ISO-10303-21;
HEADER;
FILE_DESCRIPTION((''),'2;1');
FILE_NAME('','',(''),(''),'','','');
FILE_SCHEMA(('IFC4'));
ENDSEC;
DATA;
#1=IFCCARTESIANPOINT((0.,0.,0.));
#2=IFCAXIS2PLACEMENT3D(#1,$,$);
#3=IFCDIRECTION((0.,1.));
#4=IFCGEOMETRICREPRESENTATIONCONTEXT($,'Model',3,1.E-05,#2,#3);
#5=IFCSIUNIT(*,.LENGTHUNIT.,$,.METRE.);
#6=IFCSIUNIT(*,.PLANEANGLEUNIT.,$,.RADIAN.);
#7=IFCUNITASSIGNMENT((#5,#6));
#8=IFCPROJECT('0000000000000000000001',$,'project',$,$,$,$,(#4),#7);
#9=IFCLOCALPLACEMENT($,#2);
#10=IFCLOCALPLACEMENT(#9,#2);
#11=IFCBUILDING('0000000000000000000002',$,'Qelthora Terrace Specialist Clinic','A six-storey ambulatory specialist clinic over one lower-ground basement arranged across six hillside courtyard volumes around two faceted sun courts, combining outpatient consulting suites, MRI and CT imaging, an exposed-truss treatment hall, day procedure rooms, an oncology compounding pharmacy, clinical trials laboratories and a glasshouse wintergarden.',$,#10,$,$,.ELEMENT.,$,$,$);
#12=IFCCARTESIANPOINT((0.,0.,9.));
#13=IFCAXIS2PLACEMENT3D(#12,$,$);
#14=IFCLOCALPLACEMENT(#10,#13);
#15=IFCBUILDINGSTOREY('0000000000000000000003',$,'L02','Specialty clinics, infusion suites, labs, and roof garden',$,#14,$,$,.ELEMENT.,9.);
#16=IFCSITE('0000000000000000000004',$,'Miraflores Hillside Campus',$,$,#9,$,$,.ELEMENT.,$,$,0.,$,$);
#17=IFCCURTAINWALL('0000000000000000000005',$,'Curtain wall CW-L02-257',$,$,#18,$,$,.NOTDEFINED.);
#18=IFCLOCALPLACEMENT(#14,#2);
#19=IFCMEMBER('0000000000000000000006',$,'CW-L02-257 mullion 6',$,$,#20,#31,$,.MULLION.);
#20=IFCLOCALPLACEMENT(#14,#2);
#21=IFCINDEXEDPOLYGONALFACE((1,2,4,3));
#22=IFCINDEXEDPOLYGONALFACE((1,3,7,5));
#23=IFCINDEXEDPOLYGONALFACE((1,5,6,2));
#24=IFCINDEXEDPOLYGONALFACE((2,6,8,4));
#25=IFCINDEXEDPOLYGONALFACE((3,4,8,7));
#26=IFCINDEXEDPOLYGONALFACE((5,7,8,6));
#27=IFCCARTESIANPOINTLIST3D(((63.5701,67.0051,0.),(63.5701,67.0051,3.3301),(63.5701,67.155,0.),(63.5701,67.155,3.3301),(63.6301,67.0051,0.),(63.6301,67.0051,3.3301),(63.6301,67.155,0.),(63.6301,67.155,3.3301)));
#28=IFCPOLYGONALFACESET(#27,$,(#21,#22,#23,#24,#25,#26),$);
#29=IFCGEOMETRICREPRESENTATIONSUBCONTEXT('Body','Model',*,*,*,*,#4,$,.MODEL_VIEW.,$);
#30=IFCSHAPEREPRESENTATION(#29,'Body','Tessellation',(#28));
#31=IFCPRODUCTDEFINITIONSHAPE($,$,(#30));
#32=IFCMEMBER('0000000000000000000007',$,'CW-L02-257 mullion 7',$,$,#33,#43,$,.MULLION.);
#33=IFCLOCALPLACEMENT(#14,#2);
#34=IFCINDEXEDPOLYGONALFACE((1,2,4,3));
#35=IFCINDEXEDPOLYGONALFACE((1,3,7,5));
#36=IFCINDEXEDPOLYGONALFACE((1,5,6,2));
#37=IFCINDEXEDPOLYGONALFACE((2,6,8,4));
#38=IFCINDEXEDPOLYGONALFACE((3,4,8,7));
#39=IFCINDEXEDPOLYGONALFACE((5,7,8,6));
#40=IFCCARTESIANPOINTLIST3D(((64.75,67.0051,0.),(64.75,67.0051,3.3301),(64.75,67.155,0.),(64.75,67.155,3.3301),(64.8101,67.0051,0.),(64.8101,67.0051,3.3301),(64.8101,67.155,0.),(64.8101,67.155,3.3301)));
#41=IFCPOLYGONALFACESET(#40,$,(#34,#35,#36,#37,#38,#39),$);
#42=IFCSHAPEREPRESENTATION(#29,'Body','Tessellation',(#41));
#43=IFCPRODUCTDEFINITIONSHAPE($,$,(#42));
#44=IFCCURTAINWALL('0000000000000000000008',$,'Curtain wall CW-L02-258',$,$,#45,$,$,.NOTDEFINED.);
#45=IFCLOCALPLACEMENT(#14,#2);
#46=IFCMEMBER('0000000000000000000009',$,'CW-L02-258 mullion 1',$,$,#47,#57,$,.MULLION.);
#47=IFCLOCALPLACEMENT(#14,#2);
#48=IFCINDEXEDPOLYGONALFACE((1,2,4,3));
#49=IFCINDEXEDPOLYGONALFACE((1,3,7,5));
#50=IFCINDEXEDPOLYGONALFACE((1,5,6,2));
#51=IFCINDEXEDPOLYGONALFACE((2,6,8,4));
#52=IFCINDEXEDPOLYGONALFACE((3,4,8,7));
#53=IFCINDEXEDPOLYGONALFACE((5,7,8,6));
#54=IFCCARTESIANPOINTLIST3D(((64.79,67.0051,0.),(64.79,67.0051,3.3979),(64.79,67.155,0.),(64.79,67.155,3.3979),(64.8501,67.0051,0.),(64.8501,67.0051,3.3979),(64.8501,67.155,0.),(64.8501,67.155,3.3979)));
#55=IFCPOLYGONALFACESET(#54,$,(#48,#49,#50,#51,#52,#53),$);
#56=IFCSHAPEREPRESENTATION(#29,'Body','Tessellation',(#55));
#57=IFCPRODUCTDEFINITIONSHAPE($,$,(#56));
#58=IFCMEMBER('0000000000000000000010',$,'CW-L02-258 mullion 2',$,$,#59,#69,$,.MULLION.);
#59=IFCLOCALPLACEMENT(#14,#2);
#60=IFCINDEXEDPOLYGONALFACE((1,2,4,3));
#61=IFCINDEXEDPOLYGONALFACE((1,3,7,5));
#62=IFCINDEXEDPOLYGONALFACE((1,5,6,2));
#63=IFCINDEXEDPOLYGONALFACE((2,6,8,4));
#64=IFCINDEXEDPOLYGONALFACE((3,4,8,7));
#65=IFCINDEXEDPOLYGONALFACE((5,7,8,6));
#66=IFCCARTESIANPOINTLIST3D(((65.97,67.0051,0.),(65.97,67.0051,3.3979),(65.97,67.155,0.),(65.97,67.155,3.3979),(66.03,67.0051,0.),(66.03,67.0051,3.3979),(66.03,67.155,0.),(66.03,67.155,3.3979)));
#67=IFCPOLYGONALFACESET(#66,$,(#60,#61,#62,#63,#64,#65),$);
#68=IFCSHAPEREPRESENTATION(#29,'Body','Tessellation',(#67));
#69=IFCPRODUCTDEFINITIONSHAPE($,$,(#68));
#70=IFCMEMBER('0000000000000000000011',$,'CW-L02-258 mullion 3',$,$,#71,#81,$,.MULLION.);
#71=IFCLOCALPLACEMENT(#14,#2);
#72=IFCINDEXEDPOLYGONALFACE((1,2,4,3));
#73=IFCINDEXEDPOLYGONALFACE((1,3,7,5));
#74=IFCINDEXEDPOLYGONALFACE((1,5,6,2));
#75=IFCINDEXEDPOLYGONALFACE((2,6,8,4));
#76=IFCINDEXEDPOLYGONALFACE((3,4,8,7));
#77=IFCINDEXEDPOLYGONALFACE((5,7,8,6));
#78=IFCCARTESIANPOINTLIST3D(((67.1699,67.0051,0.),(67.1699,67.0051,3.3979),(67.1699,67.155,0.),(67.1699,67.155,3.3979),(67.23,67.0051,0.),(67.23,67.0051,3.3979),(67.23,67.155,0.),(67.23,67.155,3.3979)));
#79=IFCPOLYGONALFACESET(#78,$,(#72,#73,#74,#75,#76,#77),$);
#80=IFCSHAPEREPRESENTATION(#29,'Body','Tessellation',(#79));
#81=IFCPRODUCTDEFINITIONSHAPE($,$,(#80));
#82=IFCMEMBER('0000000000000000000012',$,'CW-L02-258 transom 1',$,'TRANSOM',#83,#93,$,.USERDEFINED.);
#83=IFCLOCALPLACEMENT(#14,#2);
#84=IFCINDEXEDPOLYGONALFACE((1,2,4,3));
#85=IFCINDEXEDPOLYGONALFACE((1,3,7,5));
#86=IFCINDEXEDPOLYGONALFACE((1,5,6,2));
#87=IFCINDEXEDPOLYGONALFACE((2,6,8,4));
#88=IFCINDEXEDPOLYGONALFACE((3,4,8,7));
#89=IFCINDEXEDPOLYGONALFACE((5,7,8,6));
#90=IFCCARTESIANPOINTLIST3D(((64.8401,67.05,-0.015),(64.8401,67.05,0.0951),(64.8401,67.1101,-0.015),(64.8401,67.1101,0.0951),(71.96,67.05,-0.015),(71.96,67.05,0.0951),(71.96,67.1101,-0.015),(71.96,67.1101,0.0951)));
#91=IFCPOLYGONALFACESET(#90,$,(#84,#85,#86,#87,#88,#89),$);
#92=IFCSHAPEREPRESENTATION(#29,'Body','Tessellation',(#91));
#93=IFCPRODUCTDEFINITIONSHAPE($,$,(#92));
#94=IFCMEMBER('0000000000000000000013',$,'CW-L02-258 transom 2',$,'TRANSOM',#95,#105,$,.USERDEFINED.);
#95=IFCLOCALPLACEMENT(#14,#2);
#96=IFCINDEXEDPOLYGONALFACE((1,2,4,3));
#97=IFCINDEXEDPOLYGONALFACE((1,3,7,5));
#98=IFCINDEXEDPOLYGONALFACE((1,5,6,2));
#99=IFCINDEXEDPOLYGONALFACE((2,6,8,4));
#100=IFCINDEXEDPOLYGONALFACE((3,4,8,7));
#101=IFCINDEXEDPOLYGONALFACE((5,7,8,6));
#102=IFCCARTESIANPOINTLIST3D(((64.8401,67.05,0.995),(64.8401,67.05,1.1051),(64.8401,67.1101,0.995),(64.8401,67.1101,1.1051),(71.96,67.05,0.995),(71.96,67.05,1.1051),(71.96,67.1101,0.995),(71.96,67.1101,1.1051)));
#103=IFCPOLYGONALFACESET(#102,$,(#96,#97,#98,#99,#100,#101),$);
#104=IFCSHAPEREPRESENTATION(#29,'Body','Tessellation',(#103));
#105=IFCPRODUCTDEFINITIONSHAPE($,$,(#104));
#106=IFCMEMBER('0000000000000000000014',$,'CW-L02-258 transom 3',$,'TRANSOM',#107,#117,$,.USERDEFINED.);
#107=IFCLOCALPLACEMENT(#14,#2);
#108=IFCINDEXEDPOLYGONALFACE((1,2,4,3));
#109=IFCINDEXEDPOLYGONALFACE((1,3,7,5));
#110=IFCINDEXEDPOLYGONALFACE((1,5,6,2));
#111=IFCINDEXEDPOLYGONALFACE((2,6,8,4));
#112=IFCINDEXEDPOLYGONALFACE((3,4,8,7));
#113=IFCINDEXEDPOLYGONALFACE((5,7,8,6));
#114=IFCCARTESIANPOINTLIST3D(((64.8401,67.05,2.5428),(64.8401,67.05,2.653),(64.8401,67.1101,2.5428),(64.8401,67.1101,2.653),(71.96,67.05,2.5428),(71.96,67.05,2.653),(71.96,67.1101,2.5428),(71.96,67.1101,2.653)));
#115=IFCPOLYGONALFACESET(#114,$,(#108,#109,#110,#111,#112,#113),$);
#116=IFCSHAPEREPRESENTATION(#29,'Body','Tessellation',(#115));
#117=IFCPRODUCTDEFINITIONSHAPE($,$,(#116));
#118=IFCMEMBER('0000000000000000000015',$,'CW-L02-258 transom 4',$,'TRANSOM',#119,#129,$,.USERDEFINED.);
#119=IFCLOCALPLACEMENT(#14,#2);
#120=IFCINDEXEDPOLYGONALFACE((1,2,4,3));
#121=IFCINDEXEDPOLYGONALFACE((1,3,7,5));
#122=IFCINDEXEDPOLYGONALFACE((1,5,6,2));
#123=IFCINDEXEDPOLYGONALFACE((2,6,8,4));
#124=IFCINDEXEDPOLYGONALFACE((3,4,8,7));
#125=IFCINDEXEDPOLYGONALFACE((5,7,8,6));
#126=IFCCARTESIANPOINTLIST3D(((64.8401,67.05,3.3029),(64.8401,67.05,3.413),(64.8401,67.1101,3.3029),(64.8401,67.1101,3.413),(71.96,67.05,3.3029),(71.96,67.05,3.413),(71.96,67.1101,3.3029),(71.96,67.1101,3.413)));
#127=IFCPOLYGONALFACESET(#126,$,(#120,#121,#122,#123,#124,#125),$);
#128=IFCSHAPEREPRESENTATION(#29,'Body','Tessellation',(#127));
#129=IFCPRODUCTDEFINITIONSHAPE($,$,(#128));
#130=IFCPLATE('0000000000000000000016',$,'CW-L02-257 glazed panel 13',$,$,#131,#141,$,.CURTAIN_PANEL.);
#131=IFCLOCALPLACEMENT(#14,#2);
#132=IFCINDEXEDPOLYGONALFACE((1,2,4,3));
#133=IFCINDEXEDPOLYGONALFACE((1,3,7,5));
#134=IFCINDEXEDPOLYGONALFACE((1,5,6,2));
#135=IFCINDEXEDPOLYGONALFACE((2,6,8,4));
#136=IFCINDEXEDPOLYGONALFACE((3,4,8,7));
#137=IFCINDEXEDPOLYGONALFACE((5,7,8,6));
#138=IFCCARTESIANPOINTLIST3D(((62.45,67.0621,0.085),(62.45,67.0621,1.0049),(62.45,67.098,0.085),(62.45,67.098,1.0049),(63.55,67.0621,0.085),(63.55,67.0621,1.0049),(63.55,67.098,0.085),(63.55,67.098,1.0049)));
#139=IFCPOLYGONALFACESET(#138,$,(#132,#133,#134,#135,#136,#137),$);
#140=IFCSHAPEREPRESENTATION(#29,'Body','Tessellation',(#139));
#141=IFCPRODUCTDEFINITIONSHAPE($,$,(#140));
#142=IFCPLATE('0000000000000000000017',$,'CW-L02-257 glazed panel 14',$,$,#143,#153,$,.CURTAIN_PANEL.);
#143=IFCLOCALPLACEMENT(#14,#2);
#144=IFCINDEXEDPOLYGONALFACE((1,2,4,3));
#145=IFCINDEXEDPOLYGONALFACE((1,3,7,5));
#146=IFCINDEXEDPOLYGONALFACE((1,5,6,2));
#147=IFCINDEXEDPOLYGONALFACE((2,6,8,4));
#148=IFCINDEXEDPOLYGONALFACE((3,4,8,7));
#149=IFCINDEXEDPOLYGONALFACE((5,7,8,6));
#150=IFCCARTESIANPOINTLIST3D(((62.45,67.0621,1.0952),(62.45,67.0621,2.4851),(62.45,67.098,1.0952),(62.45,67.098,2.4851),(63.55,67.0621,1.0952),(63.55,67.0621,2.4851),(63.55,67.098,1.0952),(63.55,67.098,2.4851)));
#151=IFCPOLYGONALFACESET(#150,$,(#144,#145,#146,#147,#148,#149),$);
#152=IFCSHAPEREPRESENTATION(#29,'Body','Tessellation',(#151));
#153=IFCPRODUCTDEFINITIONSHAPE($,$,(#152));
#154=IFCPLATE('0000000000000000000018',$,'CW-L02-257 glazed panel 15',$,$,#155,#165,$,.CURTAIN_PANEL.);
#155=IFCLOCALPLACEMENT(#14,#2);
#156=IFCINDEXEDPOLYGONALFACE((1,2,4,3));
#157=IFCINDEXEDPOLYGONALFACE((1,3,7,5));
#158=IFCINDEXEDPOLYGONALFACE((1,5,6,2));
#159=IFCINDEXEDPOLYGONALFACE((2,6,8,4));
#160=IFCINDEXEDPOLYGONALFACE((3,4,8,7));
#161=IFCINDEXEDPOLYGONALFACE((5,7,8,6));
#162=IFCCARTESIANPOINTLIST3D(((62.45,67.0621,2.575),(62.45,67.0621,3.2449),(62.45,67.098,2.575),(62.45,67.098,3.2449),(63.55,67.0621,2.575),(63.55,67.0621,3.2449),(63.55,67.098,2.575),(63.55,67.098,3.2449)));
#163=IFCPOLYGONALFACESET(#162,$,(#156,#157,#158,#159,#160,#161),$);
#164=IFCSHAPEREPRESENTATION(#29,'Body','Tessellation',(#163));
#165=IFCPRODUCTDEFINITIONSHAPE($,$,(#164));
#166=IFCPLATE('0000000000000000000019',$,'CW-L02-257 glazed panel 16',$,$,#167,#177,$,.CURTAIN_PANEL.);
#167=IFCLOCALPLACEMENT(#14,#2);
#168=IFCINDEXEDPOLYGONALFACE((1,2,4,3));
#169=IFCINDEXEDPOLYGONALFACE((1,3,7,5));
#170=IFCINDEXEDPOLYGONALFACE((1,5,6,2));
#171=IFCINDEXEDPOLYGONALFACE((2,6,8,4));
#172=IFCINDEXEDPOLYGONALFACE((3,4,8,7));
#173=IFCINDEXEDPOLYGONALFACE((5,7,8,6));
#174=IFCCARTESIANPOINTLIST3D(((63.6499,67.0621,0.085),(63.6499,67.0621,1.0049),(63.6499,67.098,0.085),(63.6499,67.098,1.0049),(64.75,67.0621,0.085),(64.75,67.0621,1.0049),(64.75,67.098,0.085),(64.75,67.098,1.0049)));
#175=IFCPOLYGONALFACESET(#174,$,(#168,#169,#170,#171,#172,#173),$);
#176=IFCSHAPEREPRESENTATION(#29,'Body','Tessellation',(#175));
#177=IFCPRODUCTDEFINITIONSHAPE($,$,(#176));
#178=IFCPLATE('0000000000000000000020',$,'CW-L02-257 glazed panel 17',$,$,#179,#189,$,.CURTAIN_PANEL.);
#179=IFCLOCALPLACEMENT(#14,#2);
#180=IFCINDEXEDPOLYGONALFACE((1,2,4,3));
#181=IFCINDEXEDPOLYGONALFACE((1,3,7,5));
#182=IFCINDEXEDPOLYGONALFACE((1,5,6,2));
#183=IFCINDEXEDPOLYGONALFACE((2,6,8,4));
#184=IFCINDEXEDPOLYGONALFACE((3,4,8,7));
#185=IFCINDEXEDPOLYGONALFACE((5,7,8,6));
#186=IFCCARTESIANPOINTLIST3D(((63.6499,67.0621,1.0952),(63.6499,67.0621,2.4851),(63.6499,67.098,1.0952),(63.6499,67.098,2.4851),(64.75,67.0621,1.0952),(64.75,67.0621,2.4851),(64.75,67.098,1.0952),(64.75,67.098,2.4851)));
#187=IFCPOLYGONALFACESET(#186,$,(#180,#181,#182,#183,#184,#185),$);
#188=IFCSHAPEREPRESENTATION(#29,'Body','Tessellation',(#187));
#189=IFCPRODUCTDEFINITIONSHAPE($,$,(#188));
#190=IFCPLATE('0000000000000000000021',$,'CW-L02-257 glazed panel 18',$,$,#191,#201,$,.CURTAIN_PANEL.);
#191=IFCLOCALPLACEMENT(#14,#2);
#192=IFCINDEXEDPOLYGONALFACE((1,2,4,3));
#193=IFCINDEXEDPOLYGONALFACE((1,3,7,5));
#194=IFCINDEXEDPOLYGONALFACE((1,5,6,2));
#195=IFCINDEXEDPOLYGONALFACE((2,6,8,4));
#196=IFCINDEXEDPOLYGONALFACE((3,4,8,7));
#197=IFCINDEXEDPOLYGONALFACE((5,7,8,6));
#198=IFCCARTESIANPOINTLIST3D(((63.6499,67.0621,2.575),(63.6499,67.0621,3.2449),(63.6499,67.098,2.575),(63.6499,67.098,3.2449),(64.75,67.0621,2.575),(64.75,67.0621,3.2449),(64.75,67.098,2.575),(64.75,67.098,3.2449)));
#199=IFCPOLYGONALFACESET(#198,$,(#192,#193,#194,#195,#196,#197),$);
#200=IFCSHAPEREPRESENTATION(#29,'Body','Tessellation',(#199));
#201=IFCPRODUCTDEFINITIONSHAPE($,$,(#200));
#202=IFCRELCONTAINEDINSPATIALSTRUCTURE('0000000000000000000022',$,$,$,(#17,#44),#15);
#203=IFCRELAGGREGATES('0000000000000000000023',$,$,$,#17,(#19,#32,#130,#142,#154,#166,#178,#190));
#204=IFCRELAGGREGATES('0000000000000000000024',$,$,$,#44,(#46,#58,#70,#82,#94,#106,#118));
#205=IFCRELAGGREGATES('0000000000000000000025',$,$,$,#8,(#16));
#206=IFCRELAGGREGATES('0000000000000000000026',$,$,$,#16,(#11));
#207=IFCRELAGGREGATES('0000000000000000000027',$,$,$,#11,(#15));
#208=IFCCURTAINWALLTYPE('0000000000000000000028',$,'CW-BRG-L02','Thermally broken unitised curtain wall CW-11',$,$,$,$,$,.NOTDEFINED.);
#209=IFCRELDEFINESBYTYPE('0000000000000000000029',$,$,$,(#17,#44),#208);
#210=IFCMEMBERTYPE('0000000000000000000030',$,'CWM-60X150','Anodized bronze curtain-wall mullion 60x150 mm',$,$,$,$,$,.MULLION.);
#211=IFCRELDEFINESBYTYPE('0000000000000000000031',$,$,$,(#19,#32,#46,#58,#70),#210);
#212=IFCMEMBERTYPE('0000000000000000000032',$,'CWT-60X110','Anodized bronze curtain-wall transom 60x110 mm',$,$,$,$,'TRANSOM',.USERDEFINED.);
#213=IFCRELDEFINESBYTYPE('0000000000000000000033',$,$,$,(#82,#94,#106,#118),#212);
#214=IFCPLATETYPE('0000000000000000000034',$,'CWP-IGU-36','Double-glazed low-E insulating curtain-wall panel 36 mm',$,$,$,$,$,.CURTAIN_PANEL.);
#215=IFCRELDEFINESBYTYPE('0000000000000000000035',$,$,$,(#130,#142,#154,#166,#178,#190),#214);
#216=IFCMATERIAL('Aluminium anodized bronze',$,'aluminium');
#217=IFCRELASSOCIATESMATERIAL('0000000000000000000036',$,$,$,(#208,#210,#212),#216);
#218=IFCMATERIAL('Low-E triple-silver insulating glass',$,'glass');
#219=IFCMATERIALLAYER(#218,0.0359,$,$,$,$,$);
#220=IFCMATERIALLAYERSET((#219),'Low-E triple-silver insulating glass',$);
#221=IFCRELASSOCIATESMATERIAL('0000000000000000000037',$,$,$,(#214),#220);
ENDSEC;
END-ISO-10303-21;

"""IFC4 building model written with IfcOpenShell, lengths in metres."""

from ifc_helpers import new_model, si_unit, direction, frame, origin, origin_2d, place, context, subcontext, project, spatial, rectangle, extrude, material, layer, layer_set, material_profile, profile_set, type_object, element, aggregate, save


model = new_model("IFC4")

# Units and contexts
model_context = context("Model", 3, precision=1e-05, world=origin(), true_north=direction((0.0, 1.0)))
body_context = subcontext(model_context, "Body", "Model", "MODEL_VIEW")
ifc_project = project(units=[si_unit("LENGTHUNIT", "METRE"), si_unit("PLANEANGLEUNIT", "RADIAN")], contexts=[model_context])

# Site, building, storey
site_placement = place(None, origin())
site = spatial("IfcSite", under=ifc_project, at=site_placement, Name="Miraflores Hillside Campus", CompositionType="ELEMENT", RefElevation=0.0)
building_placement = place(site_placement, origin())
building = spatial("IfcBuilding", under=site, at=building_placement, Name="Qelthora Terrace Specialist Clinic", Description="A six-storey ambulatory specialist clinic over one lower-ground basement arranged across six hillside courtyard volumes around two faceted sun courts, combining outpatient consulting suites, MRI and CT imaging, an exposed-truss treatment hall, day procedure rooms, an oncology compounding pharmacy, clinical trials laboratories and a glasshouse wintergarden.", CompositionType="ELEMENT")
storey_placement = place(building_placement, frame((0.0, 0.0, 9.0)))
storey = spatial("IfcBuildingStorey", under=building, at=storey_placement, Name="L02", Description="Specialty clinics, infusion suites, labs, and roof garden", CompositionType="ELEMENT", Elevation=9.0)

# Curtain walls, members
ifc_material_1 = material(Name="Aluminium anodized bronze", Category="aluminium")
curtain_wall_type = type_object("IfcCurtainWallType", Name="CW-BRG-L02", Description="Thermally broken unitised curtain wall CW-11", PredefinedType="NOTDEFINED", material=ifc_material_1)
curtain_wall_1_placement = place(storey_placement, origin())
curtain_wall_1 = element("IfcCurtainWall", 1, at=curtain_wall_1_placement, inside=storey, type_object=curtain_wall_type, Name="Curtain wall CW-L02-257", PredefinedType="NOTDEFINED")
ifc_material_profile_1 = material_profile(ifc_material_1, rectangle(XDim=0.0601, YDim=0.1499, at=origin_2d()), Name="CWM60X150")
ifc_profile_set_1 = profile_set([ifc_material_profile_1], Name="Aluminium anodized bronze")
member_type_1 = type_object("IfcMemberType", Name="CWM-60X150", Description="Anodized bronze curtain-wall mullion 60x150 mm", PredefinedType="MULLION", material=ifc_profile_set_1)
member_1_placement = place(storey_placement, frame((63.6001, 67.0801, 0.0), z_axis=(0.0, 0.0, 1.0), x_axis=(1.0, 0.0, 0.0)))
member_1 = element("IfcMember", 2, at=member_1_placement, type_object=member_type_1, Name="CW-L02-257 mullion 6", PredefinedType="MULLION", context=body_context, shape_type="SweptSolid", body=[
    extrude(rectangle(XDim=0.0601, YDim=0.1499, at=origin_2d()), origin(), (0.0, 0.0, 1.0), 3.3301),
])
member_2_placement = place(storey_placement, frame((64.78, 67.0801, 0.0), z_axis=(0.0, 0.0, 1.0), x_axis=(1.0, 0.0, 0.0)))
member_2 = element("IfcMember", 3, at=member_2_placement, type_object=member_type_1, Name="CW-L02-257 mullion 7", PredefinedType="MULLION", context=body_context, shape_type="SweptSolid", body=[
    extrude(rectangle(XDim=0.0601, YDim=0.1499, at=origin_2d()), origin(), (0.0, 0.0, 1.0), 3.3301),
])
curtain_wall_2_placement = place(storey_placement, origin())
curtain_wall_2 = element("IfcCurtainWall", 4, at=curtain_wall_2_placement, inside=storey, type_object=curtain_wall_type, Name="Curtain wall CW-L02-258", PredefinedType="NOTDEFINED")
member_3_placement = place(storey_placement, frame((64.8201, 67.0801, 0.0), z_axis=(0.0, 0.0, 1.0), x_axis=(1.0, 0.0, 0.0)))
member_3 = element("IfcMember", 5, at=member_3_placement, type_object=member_type_1, Name="CW-L02-258 mullion 1", PredefinedType="MULLION", context=body_context, shape_type="SweptSolid", body=[
    extrude(rectangle(XDim=0.0601, YDim=0.1499, at=origin_2d()), origin(), (0.0, 0.0, 1.0), 3.3979),
])
member_4_placement = place(storey_placement, frame((66.0, 67.0801, 0.0), z_axis=(0.0, 0.0, 1.0), x_axis=(1.0, 0.0, 0.0)))
member_4 = element("IfcMember", 6, at=member_4_placement, type_object=member_type_1, Name="CW-L02-258 mullion 2", PredefinedType="MULLION", context=body_context, shape_type="SweptSolid", body=[
    extrude(rectangle(XDim=0.0601, YDim=0.1499, at=origin_2d()), origin(), (0.0, 0.0, 1.0), 3.3979),
])
member_5_placement = place(storey_placement, frame((67.2, 67.0801, 0.0), z_axis=(0.0, 0.0, 1.0), x_axis=(1.0, 0.0, 0.0)))
member_5 = element("IfcMember", 7, at=member_5_placement, type_object=member_type_1, Name="CW-L02-258 mullion 3", PredefinedType="MULLION", context=body_context, shape_type="SweptSolid", body=[
    extrude(rectangle(XDim=0.0601, YDim=0.1499, at=origin_2d()), origin(), (0.0, 0.0, 1.0), 3.3979),
])
ifc_material_profile_2 = material_profile(ifc_material_1, rectangle(XDim=0.0601, YDim=0.1101, at=origin_2d()), Name="CWT60X110")
ifc_profile_set_2 = profile_set([ifc_material_profile_2], Name="Aluminium anodized bronze")
member_type_2 = type_object("IfcMemberType", Name="CWT-60X110", Description="Anodized bronze curtain-wall transom 60x110 mm", ElementType="TRANSOM", PredefinedType="USERDEFINED", material=ifc_profile_set_2)
member_6_placement = place(storey_placement, frame((64.8401, 67.0801, 0.04), z_axis=(1.0, 0.0, 0.0), x_axis=(0.0, 1.0, 0.0)))
member_6 = element("IfcMember", 8, at=member_6_placement, type_object=member_type_2, Name="CW-L02-258 transom 1", ObjectType="TRANSOM", PredefinedType="USERDEFINED", context=body_context, shape_type="SweptSolid", body=[
    extrude(rectangle(XDim=0.0601, YDim=0.1101, at=origin_2d()), origin(), (0.0, 0.0, 1.0), 7.1199),
])
member_7_placement = place(storey_placement, frame((64.8401, 67.0801, 1.05), z_axis=(1.0, 0.0, 0.0), x_axis=(0.0, 1.0, 0.0)))
member_7 = element("IfcMember", 9, at=member_7_placement, type_object=member_type_2, Name="CW-L02-258 transom 2", ObjectType="TRANSOM", PredefinedType="USERDEFINED", context=body_context, shape_type="SweptSolid", body=[
    extrude(rectangle(XDim=0.0601, YDim=0.1101, at=origin_2d()), origin(), (0.0, 0.0, 1.0), 7.1199),
])
member_8_placement = place(storey_placement, frame((64.8401, 67.0801, 2.5979), z_axis=(1.0, 0.0, 0.0), x_axis=(0.0, 1.0, 0.0)))
member_8 = element("IfcMember", 10, at=member_8_placement, type_object=member_type_2, Name="CW-L02-258 transom 3", ObjectType="TRANSOM", PredefinedType="USERDEFINED", context=body_context, shape_type="SweptSolid", body=[
    extrude(rectangle(XDim=0.0601, YDim=0.1101, at=origin_2d()), origin(), (0.0, 0.0, 1.0), 7.1199),
])
member_9_placement = place(storey_placement, frame((64.8401, 67.0801, 3.3579), z_axis=(1.0, 0.0, 0.0), x_axis=(0.0, 1.0, 0.0)))
member_9 = element("IfcMember", 11, at=member_9_placement, type_object=member_type_2, Name="CW-L02-258 transom 4", ObjectType="TRANSOM", PredefinedType="USERDEFINED", context=body_context, shape_type="SweptSolid", body=[
    extrude(rectangle(XDim=0.0601, YDim=0.1101, at=origin_2d()), origin(), (0.0, 0.0, 1.0), 7.1199),
])

# Plates
ifc_material_2 = material(Name="Low-E triple-silver insulating glass", Category="glass")
ifc_layer = layer(ifc_material_2, 0.0359)
ifc_layer_set = layer_set([ifc_layer], Name="Low-E triple-silver insulating glass")
plate_type = type_object("IfcPlateType", Name="CWP-IGU-36", Description="Double-glazed low-E insulating curtain-wall panel 36 mm", PredefinedType="CURTAIN_PANEL", material=ifc_layer_set)
plate_1_placement = place(storey_placement, frame((63.0, 67.0801, 0.085), z_axis=(0.0, 0.0, 1.0), x_axis=(1.0, 0.0, 0.0)))
plate_1 = element("IfcPlate", 12, at=plate_1_placement, type_object=plate_type, Name="CW-L02-257 glazed panel 13", PredefinedType="CURTAIN_PANEL", context=body_context, shape_type="SweptSolid", body=[
    extrude(rectangle(XDim=1.1001, YDim=0.0359, at=origin_2d()), origin(), (0.0, 0.0, 1.0), 0.9199),
])
plate_2_placement = place(storey_placement, frame((63.0, 67.0801, 1.0952), z_axis=(0.0, 0.0, 1.0), x_axis=(1.0, 0.0, 0.0)))
plate_2 = element("IfcPlate", 13, at=plate_2_placement, type_object=plate_type, Name="CW-L02-257 glazed panel 14", PredefinedType="CURTAIN_PANEL", context=body_context, shape_type="SweptSolid", body=[
    extrude(rectangle(XDim=1.1001, YDim=0.0359, at=origin_2d()), origin(), (0.0, 0.0, 1.0), 1.3899),
])
plate_3_placement = place(storey_placement, frame((63.0, 67.0801, 2.575), z_axis=(0.0, 0.0, 1.0), x_axis=(1.0, 0.0, 0.0)))
plate_3 = element("IfcPlate", 14, at=plate_3_placement, type_object=plate_type, Name="CW-L02-257 glazed panel 15", PredefinedType="CURTAIN_PANEL", context=body_context, shape_type="SweptSolid", body=[
    extrude(rectangle(XDim=1.1001, YDim=0.0359, at=origin_2d()), origin(), (0.0, 0.0, 1.0), 0.6699),
])
plate_4_placement = place(storey_placement, frame((64.2, 67.0801, 0.085), z_axis=(0.0, 0.0, 1.0), x_axis=(1.0, 0.0, 0.0)))
plate_4 = element("IfcPlate", 15, at=plate_4_placement, type_object=plate_type, Name="CW-L02-257 glazed panel 16", PredefinedType="CURTAIN_PANEL", context=body_context, shape_type="SweptSolid", body=[
    extrude(rectangle(XDim=1.1001, YDim=0.0359, at=origin_2d()), origin(), (0.0, 0.0, 1.0), 0.9199),
])
plate_5_placement = place(storey_placement, frame((64.2, 67.0801, 1.0952), z_axis=(0.0, 0.0, 1.0), x_axis=(1.0, 0.0, 0.0)))
plate_5 = element("IfcPlate", 16, at=plate_5_placement, type_object=plate_type, Name="CW-L02-257 glazed panel 17", PredefinedType="CURTAIN_PANEL", context=body_context, shape_type="SweptSolid", body=[
    extrude(rectangle(XDim=1.1001, YDim=0.0359, at=origin_2d()), origin(), (0.0, 0.0, 1.0), 1.3899),
])
plate_6_placement = place(storey_placement, frame((64.2, 67.0801, 2.575), z_axis=(0.0, 0.0, 1.0), x_axis=(1.0, 0.0, 0.0)))
plate_6 = element("IfcPlate", 17, at=plate_6_placement, type_object=plate_type, Name="CW-L02-257 glazed panel 18", PredefinedType="CURTAIN_PANEL", context=body_context, shape_type="SweptSolid", body=[
    extrude(rectangle(XDim=1.1001, YDim=0.0359, at=origin_2d()), origin(), (0.0, 0.0, 1.0), 0.6699),
])
aggregate(curtain_wall_1, [member_1, member_2, plate_1, plate_2, plate_3, plate_4, plate_5, plate_6])
aggregate(curtain_wall_2, [member_3, member_4, member_5, member_6, member_7, member_8, member_9])

save(model, "model.ifc")
